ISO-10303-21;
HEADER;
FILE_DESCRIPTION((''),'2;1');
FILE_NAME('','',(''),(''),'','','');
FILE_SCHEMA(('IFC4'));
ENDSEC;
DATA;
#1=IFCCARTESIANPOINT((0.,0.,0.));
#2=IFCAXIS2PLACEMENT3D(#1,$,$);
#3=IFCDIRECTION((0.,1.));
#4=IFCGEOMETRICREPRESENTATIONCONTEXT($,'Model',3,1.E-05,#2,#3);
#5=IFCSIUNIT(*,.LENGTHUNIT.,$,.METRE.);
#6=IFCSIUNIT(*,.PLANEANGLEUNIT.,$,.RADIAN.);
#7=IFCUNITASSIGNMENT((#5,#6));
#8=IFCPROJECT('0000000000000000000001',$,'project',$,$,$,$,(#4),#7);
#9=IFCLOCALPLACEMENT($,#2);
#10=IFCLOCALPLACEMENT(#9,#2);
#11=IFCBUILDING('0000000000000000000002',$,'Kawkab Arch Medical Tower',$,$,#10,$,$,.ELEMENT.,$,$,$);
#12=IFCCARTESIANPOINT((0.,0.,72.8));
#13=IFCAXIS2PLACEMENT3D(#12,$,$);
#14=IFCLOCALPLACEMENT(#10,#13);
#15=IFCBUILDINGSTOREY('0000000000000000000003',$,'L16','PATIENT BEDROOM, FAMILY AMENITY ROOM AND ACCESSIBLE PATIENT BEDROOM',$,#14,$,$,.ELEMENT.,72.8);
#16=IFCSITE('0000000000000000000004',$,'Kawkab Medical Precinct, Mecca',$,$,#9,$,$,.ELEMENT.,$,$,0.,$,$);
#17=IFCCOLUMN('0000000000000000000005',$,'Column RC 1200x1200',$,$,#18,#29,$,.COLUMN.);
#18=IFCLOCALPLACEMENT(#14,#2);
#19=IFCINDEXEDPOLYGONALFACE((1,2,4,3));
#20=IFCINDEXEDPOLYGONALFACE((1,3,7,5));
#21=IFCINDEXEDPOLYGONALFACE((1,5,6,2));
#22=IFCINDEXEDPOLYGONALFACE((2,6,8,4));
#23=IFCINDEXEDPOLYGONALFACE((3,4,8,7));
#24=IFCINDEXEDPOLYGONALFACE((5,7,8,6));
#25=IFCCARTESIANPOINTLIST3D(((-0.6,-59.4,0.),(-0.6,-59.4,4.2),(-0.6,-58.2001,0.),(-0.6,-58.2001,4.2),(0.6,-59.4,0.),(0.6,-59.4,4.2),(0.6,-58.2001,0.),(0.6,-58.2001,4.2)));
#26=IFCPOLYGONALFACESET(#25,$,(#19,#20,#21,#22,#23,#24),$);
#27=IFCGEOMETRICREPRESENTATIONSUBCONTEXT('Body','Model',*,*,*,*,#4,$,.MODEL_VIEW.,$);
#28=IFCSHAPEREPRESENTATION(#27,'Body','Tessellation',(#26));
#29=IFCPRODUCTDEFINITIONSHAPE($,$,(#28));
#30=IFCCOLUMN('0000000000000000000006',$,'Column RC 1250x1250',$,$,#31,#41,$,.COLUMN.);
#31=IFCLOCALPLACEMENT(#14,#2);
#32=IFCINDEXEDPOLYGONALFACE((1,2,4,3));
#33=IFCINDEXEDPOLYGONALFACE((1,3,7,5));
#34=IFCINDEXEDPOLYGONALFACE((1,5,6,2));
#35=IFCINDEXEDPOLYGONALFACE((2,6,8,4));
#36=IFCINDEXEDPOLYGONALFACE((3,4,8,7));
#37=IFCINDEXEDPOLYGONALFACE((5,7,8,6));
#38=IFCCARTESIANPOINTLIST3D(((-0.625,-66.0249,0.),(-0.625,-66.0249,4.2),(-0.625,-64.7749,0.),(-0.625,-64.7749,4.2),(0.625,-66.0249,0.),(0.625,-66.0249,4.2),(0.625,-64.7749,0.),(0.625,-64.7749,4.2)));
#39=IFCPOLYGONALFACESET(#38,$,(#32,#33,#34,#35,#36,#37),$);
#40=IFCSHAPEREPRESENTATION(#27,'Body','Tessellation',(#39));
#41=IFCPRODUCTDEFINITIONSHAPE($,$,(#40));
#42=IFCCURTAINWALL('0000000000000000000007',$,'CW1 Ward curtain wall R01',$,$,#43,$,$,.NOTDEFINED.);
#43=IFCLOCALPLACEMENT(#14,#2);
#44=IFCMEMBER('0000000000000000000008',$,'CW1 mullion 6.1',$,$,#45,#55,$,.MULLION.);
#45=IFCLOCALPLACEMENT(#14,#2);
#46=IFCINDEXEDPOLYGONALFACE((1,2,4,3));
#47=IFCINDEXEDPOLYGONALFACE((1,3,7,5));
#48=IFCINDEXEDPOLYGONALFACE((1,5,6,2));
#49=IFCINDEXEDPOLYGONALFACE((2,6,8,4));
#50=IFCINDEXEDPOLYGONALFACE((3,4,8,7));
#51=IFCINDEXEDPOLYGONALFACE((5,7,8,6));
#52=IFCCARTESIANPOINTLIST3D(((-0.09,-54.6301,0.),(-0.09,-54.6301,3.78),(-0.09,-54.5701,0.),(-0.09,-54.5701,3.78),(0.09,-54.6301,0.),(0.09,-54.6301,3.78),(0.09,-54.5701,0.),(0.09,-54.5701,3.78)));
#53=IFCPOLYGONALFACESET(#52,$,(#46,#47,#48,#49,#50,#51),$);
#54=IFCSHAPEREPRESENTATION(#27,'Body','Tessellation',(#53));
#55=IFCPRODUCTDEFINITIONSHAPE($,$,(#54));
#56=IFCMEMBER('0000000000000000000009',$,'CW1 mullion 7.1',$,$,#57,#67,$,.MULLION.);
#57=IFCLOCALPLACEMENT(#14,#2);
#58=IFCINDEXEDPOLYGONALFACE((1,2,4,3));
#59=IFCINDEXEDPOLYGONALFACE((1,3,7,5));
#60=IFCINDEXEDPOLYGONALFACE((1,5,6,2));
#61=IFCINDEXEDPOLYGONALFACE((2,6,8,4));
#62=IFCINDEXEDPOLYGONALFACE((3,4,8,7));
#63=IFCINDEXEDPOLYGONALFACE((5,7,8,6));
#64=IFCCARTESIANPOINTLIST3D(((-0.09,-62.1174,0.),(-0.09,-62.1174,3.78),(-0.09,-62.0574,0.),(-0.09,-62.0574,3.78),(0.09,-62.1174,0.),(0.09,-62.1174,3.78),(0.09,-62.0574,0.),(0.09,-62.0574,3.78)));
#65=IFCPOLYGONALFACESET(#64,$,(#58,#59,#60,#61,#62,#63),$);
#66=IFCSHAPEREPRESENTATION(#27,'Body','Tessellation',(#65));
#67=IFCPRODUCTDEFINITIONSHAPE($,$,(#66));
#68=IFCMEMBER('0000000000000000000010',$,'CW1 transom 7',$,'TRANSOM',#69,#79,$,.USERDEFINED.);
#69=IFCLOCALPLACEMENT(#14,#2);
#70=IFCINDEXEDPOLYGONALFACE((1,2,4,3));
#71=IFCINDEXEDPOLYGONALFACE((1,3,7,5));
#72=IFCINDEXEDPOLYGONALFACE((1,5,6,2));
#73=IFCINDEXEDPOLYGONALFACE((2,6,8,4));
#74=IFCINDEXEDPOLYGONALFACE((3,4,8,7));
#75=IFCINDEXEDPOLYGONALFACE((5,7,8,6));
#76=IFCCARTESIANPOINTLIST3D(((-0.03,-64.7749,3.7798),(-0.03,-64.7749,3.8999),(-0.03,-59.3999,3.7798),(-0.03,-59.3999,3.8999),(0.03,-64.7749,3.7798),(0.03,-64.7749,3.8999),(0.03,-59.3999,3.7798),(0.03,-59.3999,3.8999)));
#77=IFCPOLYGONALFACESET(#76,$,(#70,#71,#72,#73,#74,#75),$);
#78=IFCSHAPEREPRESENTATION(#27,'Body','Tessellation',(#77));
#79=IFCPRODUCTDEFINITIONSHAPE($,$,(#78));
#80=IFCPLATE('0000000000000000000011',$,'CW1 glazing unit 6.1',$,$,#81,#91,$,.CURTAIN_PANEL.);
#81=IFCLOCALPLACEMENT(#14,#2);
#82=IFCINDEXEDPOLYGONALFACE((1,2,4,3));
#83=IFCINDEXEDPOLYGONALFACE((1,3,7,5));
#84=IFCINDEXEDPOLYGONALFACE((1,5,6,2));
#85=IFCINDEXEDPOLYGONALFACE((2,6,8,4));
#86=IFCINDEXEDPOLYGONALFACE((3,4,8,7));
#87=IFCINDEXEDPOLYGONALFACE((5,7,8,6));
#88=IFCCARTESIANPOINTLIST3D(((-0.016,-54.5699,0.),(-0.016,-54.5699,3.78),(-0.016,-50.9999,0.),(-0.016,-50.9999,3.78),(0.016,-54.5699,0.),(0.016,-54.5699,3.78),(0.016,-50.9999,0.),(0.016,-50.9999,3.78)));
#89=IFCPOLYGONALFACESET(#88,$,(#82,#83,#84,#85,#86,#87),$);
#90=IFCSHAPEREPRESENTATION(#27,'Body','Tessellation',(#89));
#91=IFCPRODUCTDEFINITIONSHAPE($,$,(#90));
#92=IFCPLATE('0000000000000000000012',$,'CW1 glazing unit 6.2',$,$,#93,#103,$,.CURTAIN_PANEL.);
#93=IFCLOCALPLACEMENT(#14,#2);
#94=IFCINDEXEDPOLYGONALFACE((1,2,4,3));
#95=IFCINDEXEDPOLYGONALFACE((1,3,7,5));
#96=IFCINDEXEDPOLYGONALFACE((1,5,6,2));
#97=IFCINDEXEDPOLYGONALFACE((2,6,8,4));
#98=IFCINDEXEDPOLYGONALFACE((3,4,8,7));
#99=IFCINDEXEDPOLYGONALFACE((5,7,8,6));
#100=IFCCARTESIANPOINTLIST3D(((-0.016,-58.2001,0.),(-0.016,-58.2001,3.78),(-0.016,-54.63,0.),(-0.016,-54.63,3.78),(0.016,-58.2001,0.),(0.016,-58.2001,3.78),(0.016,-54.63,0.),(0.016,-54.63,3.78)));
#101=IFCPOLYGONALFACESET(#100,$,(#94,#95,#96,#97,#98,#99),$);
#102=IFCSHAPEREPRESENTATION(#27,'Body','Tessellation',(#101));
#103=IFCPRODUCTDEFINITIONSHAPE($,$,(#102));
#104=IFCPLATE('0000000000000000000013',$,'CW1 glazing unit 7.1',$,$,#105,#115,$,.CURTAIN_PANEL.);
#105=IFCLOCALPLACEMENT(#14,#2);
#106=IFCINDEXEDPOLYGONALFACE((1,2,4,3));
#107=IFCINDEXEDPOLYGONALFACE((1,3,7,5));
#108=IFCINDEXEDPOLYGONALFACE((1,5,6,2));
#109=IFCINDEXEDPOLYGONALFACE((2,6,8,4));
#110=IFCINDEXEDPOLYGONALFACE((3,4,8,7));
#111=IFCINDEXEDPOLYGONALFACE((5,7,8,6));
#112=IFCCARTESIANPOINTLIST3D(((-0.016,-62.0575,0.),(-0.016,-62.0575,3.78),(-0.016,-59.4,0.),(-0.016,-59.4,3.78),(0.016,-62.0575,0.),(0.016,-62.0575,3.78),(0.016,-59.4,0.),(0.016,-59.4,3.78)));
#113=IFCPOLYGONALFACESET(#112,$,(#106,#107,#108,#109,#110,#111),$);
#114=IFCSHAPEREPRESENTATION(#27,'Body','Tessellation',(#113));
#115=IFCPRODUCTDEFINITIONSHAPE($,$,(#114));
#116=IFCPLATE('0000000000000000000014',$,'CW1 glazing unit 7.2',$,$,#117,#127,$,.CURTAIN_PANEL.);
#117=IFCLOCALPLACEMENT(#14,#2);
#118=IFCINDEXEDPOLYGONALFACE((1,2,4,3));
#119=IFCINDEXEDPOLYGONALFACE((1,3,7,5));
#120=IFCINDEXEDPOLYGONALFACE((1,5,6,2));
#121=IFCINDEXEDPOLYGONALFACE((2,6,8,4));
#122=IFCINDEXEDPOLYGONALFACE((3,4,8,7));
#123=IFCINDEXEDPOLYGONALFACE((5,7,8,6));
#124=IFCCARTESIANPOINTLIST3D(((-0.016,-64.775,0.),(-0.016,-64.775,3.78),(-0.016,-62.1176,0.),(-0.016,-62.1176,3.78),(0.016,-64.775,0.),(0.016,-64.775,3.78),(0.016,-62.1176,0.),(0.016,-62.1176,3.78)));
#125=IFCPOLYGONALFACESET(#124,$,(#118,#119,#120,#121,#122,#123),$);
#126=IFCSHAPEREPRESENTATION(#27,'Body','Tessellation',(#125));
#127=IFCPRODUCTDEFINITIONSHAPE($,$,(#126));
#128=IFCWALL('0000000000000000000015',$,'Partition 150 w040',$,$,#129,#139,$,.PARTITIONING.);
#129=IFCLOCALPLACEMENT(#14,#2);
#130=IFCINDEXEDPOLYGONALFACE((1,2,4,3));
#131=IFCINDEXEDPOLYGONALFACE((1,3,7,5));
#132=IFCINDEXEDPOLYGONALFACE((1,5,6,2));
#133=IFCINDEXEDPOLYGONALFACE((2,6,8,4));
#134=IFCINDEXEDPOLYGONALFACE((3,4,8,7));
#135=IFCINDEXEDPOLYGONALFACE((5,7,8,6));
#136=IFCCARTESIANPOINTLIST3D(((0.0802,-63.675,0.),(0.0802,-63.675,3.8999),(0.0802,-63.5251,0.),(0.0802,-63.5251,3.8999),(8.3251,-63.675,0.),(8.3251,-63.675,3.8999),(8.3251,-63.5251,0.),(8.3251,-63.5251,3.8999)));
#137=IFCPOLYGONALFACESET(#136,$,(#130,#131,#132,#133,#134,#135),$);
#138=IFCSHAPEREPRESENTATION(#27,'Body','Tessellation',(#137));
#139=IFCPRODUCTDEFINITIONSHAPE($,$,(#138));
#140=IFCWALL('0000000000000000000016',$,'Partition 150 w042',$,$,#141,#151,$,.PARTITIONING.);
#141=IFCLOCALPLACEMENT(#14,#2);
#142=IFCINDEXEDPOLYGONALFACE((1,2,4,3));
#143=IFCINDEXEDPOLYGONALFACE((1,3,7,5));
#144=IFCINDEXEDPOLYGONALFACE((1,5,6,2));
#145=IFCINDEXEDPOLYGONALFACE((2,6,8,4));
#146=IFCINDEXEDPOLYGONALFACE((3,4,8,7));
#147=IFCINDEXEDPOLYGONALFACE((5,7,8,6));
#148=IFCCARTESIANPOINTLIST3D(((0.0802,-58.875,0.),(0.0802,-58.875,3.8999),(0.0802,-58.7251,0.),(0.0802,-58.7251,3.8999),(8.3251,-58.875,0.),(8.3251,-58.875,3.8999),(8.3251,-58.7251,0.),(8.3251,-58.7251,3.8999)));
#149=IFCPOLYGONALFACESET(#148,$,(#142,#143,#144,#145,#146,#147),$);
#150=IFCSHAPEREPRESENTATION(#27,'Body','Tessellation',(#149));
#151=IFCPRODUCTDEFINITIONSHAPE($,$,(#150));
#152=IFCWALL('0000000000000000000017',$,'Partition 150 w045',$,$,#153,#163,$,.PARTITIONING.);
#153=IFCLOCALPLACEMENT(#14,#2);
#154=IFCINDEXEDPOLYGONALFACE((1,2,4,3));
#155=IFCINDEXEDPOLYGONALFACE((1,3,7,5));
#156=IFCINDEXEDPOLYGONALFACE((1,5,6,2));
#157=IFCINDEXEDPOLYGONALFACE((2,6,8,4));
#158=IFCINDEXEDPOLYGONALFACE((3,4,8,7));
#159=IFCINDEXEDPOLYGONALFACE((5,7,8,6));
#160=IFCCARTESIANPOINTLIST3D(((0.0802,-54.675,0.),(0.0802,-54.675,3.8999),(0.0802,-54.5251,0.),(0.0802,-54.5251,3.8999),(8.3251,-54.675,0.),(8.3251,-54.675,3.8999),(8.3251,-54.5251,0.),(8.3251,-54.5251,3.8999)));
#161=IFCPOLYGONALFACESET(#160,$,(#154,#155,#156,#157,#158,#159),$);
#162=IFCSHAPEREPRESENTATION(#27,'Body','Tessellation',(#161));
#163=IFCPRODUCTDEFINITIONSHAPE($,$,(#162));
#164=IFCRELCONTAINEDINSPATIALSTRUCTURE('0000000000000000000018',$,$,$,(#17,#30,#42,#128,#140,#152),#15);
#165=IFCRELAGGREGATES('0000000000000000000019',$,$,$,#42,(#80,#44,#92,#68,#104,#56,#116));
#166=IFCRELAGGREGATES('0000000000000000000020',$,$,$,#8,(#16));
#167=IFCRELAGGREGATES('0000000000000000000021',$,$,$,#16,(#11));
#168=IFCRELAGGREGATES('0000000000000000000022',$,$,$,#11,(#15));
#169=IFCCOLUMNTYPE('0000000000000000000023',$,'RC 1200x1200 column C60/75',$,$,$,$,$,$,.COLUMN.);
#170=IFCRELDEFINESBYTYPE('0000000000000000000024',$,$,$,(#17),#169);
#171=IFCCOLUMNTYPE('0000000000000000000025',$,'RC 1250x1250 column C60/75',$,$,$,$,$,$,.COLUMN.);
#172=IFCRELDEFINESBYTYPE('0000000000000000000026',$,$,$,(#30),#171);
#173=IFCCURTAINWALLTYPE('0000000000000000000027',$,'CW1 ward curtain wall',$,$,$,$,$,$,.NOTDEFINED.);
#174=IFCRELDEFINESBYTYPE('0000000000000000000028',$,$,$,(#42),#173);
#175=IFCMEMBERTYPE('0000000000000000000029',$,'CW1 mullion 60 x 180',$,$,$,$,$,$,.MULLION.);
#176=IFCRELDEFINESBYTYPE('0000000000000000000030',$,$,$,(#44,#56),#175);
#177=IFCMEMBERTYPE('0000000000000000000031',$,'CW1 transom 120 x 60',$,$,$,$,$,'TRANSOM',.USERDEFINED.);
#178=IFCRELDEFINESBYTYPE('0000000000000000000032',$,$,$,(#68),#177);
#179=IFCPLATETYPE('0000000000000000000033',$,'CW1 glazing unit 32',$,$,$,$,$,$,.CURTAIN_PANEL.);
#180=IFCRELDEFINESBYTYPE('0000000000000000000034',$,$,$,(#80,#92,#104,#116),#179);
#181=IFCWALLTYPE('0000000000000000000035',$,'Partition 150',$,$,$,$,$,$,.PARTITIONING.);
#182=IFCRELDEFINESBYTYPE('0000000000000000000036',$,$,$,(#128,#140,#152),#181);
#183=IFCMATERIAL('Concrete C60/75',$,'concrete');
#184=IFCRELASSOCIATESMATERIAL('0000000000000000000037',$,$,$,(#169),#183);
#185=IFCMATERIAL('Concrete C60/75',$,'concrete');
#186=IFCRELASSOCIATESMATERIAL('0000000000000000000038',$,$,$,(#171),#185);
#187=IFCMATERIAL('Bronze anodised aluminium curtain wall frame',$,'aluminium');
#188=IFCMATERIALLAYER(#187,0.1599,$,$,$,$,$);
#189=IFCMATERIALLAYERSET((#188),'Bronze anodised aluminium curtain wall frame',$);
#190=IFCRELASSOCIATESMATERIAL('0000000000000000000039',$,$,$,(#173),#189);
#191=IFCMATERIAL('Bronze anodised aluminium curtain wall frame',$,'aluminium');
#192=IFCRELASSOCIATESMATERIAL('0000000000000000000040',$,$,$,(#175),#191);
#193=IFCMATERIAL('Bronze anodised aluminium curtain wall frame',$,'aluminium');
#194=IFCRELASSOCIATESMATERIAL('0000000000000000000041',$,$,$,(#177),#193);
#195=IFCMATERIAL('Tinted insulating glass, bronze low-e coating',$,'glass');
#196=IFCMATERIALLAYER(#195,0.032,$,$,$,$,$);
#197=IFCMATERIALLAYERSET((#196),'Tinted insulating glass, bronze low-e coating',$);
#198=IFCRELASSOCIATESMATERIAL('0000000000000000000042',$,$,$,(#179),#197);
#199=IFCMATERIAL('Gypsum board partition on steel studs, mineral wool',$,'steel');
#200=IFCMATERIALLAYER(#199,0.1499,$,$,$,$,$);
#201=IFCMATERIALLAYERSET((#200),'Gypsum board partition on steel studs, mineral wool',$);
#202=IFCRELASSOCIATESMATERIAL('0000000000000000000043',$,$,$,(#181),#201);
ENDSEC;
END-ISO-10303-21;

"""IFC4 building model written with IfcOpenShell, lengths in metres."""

from ifc_helpers import new_model, si_unit, direction, frame, frame_2d, origin, origin_2d, place, context, subcontext, project, spatial, rectangle, extrude, material, layer, layer_set, material_profile, profile_set, type_object, element, aggregate, save


model = new_model("IFC4")

# Units and contexts
model_context = context("Model", 3, precision=1e-05, world=origin(), true_north=direction((0.0, 1.0)))
body_context = subcontext(model_context, "Body", "Model", "MODEL_VIEW")
ifc_project = project(units=[si_unit("LENGTHUNIT", "METRE"), si_unit("PLANEANGLEUNIT", "RADIAN")], contexts=[model_context])

# Site, building, storey
site_placement = place(None, origin())
site = spatial("IfcSite", under=ifc_project, at=site_placement, Name="Kawkab Medical Precinct, Mecca", CompositionType="ELEMENT", RefElevation=0.0)
building_placement = place(site_placement, origin())
building = spatial("IfcBuilding", under=site, at=building_placement, Name="Kawkab Arch Medical Tower", CompositionType="ELEMENT")
storey_placement = place(building_placement, frame((0.0, 0.0, 72.8)))
storey = spatial("IfcBuildingStorey", under=building, at=storey_placement, Name="L16", Description="PATIENT BEDROOM, FAMILY AMENITY ROOM AND ACCESSIBLE PATIENT BEDROOM", CompositionType="ELEMENT", Elevation=72.8)

# Columns
ifc_material_1 = material(Name="Concrete C60/75", Category="concrete")
ifc_material_profile_1 = material_profile(ifc_material_1, rectangle(XDim=1.2, YDim=1.2, at=origin_2d()), Name="RC 1200x1200")
ifc_profile_set_1 = profile_set([ifc_material_profile_1], Name="Concrete C60/75")
column_type_1 = type_object("IfcColumnType", Name="RC 1200x1200 column C60/75", PredefinedType="COLUMN", material=ifc_profile_set_1)
column_1_placement = place(storey_placement, frame((0.0, -58.8, 0.0), z_axis=(0.0, 0.0, 1.0), x_axis=(1.0, 0.0, 0.0)))
element("IfcColumn", 1, at=column_1_placement, inside=storey, type_object=column_type_1, Name="Column RC 1200x1200", PredefinedType="COLUMN", context=body_context, shape_type="SweptSolid", body=[
    extrude(rectangle(XDim=1.2, YDim=1.2, at=origin_2d()), origin(), (0.0, 0.0, 1.0), 4.2),
])
ifc_material_2 = material(Name="Concrete C60/75", Category="concrete")
ifc_material_profile_2 = material_profile(ifc_material_2, rectangle(XDim=1.25, YDim=1.25, at=origin_2d()), Name="RC 1250x1250")
ifc_profile_set_2 = profile_set([ifc_material_profile_2], Name="Concrete C60/75")
column_type_2 = type_object("IfcColumnType", Name="RC 1250x1250 column C60/75", PredefinedType="COLUMN", material=ifc_profile_set_2)
column_2_placement = place(storey_placement, frame((0.0, -65.3999, 0.0), z_axis=(0.0, 0.0, 1.0), x_axis=(1.0, 0.0, 0.0)))
element("IfcColumn", 2, at=column_2_placement, inside=storey, type_object=column_type_2, Name="Column RC 1250x1250", PredefinedType="COLUMN", context=body_context, shape_type="SweptSolid", body=[
    extrude(rectangle(XDim=1.25, YDim=1.25, at=origin_2d()), origin(), (0.0, 0.0, 1.0), 4.2),
])

# Curtain wall, members, plates
ifc_material_3 = material(Name="Bronze anodised aluminium curtain wall frame", Category="aluminium")
ifc_layer_1 = layer(ifc_material_3, 0.1599)
ifc_layer_set_1 = layer_set([ifc_layer_1], Name="Bronze anodised aluminium curtain wall frame")
curtain_wall_type = type_object("IfcCurtainWallType", Name="CW1 ward curtain wall", PredefinedType="NOTDEFINED", material=ifc_layer_set_1)
curtain_wall_placement = place(storey_placement, origin())
curtain_wall = element("IfcCurtainWall", 3, at=curtain_wall_placement, inside=storey, type_object=curtain_wall_type, Name="CW1 Ward curtain wall R01", PredefinedType="NOTDEFINED")
ifc_material_4 = material(Name="Bronze anodised aluminium curtain wall frame", Category="aluminium")
ifc_material_profile_3 = material_profile(ifc_material_4, rectangle(XDim=0.1799, YDim=0.0601, at=origin_2d()), Name="AL 60x180")
ifc_profile_set_3 = profile_set([ifc_material_profile_3], Name="Bronze anodised aluminium curtain wall frame")
member_type_1 = type_object("IfcMemberType", Name="CW1 mullion 60 x 180", PredefinedType="MULLION", material=ifc_profile_set_3)
member_1_placement = place(storey_placement, frame((0.0, -54.6001, 0.0), z_axis=(0.0, 0.0, 1.0), x_axis=(1.0, 0.0, 0.0)))
member_1 = element("IfcMember", 4, at=member_1_placement, type_object=member_type_1, Name="CW1 mullion 6.1", PredefinedType="MULLION", context=body_context, shape_type="SweptSolid", body=[
    extrude(rectangle(XDim=0.1799, YDim=0.0601, at=origin_2d()), origin(), (0.0, 0.0, 1.0), 3.78),
])
member_2_placement = place(storey_placement, frame((0.0, -62.0874, 0.0), z_axis=(0.0, 0.0, 1.0), x_axis=(1.0, 0.0, 0.0)))
member_2 = element("IfcMember", 5, at=member_2_placement, type_object=member_type_1, Name="CW1 mullion 7.1", PredefinedType="MULLION", context=body_context, shape_type="SweptSolid", body=[
    extrude(rectangle(XDim=0.1799, YDim=0.0601, at=origin_2d()), origin(), (0.0, 0.0, 1.0), 3.78),
])
ifc_material_5 = material(Name="Bronze anodised aluminium curtain wall frame", Category="aluminium")
ifc_material_profile_4 = material_profile(ifc_material_5, rectangle(XDim=0.0601, YDim=0.1201, at=origin_2d()), Name="AL 60x120")
ifc_profile_set_4 = profile_set([ifc_material_profile_4], Name="Bronze anodised aluminium curtain wall frame")
member_type_2 = type_object("IfcMemberType", Name="CW1 transom 120 x 60", ElementType="TRANSOM", PredefinedType="USERDEFINED", material=ifc_profile_set_4)
member_3_placement = place(storey_placement, frame((0.0, -59.3999, 3.8398), z_axis=(0.0, -1.0, 0.0), x_axis=(1.0, 0.0, 0.0)))
member_3 = element("IfcMember", 6, at=member_3_placement, type_object=member_type_2, Name="CW1 transom 7", ObjectType="TRANSOM", PredefinedType="USERDEFINED", context=body_context, shape_type="SweptSolid", body=[
    extrude(rectangle(XDim=0.0601, YDim=0.1201, at=origin_2d()), origin(), (0.0, 0.0, 1.0), 5.375),
])
ifc_material_6 = material(Name="Tinted insulating glass, bronze low-e coating", Category="glass")
ifc_layer_2 = layer(ifc_material_6, 0.032)
ifc_layer_set_2 = layer_set([ifc_layer_2], Name="Tinted insulating glass, bronze low-e coating")
plate_type = type_object("IfcPlateType", Name="CW1 glazing unit 32", PredefinedType="CURTAIN_PANEL", material=ifc_layer_set_2)
plate_1_placement = place(storey_placement, frame((0.0, -52.7849, 0.0), z_axis=(0.0, 0.0, 1.0), x_axis=(0.0, -1.0, 0.0)))
plate_1 = element("IfcPlate", 7, at=plate_1_placement, type_object=plate_type, Name="CW1 glazing unit 6.1", PredefinedType="CURTAIN_PANEL", context=body_context, shape_type="SweptSolid", body=[
    extrude(rectangle(XDim=3.5701, YDim=0.032, at=origin_2d()), origin(), (0.0, 0.0, 1.0), 3.78),
])
plate_2_placement = place(storey_placement, frame((0.0, -56.415, 0.0), z_axis=(0.0, 0.0, 1.0), x_axis=(0.0, -1.0, 0.0)))
plate_2 = element("IfcPlate", 8, at=plate_2_placement, type_object=plate_type, Name="CW1 glazing unit 6.2", PredefinedType="CURTAIN_PANEL", context=body_context, shape_type="SweptSolid", body=[
    extrude(rectangle(XDim=3.5701, YDim=0.032, at=origin_2d()), origin(), (0.0, 0.0, 1.0), 3.78),
])
plate_3_placement = place(storey_placement, frame((0.0, -60.7288, 0.0), z_axis=(0.0, 0.0, 1.0), x_axis=(0.0, -1.0, 0.0)))
plate_3 = element("IfcPlate", 9, at=plate_3_placement, type_object=plate_type, Name="CW1 glazing unit 7.1", PredefinedType="CURTAIN_PANEL", context=body_context, shape_type="SweptSolid", body=[
    extrude(rectangle(XDim=2.6575, YDim=0.032, at=origin_2d()), origin(), (0.0, 0.0, 1.0), 3.78),
])
plate_4_placement = place(storey_placement, frame((0.0, -63.4463, 0.0), z_axis=(0.0, 0.0, 1.0), x_axis=(0.0, -1.0, 0.0)))
plate_4 = element("IfcPlate", 10, at=plate_4_placement, type_object=plate_type, Name="CW1 glazing unit 7.2", PredefinedType="CURTAIN_PANEL", context=body_context, shape_type="SweptSolid", body=[
    extrude(rectangle(XDim=2.6575, YDim=0.032, at=origin_2d()), origin(), (0.0, 0.0, 1.0), 3.78),
])
aggregate(curtain_wall, [plate_1, member_1, plate_2, member_3, plate_3, member_2, plate_4])

# Walls
ifc_material_7 = material(Name="Gypsum board partition on steel studs, mineral wool", Category="steel")
ifc_layer_3 = layer(ifc_material_7, 0.1499)
ifc_layer_set_3 = layer_set([ifc_layer_3], Name="Gypsum board partition on steel studs, mineral wool")
wall_type = type_object("IfcWallType", Name="Partition 150", PredefinedType="PARTITIONING", material=ifc_layer_set_3)
for number, where, z_axis, x_axis, name in (
    (11, (0.0801, -63.6001, 0.0), (0.0, 0.0, 1.0), (1.0, 0.0, 0.0), "Partition 150 w040"),
    (12, (0.0801, -58.8, 0.0), (0.0, 0.0, 1.0), (1.0, 0.0, 0.0), "Partition 150 w042"),
    (13, (0.0801, -54.6001, 0.0), (0.0, 0.0, 1.0), (1.0, 0.0, 0.0), "Partition 150 w045"),
):
    element("IfcWall", number, at=place(storey_placement, frame(where, z_axis=z_axis, x_axis=x_axis)), inside=storey, type_object=wall_type, Name=name, PredefinedType="PARTITIONING", context=body_context, shape_type="SweptSolid", body=[
        extrude(rectangle(XDim=8.2449, YDim=0.1499, at=frame_2d((4.1226, 0.0))), origin(), (0.0, 0.0, 1.0), 3.8999),
    ])

save(model, "model.ifc")
